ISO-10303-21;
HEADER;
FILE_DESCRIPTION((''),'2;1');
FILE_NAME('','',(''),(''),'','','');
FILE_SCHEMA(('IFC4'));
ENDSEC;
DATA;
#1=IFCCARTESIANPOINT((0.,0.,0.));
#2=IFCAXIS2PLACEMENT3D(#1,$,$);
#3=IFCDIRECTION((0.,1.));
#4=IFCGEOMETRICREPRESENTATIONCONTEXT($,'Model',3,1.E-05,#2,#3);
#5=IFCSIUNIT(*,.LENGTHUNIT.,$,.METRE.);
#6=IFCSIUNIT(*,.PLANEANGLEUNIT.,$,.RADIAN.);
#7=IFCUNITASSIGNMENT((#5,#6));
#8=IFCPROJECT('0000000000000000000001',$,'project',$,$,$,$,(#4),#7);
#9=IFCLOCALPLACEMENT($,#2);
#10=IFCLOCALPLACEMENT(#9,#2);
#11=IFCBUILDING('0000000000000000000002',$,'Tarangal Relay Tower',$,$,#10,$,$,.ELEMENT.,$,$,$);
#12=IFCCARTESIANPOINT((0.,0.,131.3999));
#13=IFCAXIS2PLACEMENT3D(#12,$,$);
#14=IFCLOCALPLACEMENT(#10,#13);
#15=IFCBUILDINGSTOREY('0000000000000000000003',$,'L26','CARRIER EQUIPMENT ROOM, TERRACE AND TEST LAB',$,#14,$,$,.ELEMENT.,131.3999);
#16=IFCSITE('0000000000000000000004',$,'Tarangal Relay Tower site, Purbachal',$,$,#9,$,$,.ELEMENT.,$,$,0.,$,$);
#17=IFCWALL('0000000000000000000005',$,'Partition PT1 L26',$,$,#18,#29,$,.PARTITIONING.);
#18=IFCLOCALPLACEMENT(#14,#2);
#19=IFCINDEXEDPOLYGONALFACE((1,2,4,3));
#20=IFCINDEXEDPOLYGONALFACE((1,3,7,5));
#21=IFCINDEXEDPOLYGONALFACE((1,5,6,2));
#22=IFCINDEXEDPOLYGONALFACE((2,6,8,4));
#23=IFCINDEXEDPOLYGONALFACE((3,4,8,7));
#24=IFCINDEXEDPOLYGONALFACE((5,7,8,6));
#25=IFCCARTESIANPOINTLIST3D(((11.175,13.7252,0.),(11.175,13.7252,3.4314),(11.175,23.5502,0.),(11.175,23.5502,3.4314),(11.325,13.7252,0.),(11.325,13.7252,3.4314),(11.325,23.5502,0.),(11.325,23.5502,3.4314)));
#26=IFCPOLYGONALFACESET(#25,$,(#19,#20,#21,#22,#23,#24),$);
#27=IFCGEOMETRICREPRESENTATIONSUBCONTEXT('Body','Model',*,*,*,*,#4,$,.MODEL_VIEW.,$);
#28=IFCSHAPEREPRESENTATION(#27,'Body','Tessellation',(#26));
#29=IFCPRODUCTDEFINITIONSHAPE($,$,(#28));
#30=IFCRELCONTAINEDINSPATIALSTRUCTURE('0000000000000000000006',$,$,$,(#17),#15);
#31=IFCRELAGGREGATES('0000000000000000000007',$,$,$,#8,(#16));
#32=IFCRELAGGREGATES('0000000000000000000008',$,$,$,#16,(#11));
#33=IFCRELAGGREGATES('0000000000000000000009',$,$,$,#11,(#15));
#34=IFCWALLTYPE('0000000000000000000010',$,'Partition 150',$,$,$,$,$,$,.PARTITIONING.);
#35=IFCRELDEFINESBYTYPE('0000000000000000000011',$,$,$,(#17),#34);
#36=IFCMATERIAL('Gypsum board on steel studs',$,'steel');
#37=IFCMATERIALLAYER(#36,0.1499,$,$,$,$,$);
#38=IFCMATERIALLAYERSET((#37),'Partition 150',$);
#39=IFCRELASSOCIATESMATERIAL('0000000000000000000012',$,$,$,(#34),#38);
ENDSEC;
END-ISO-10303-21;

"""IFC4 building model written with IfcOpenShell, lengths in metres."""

from ifc_helpers import new_model, si_unit, direction, frame, frame_2d, origin, place, context, subcontext, project, spatial, rectangle, extrude, material, layer, layer_set, type_object, element, save


model = new_model("IFC4")

# Units and contexts
model_context = context("Model", 3, precision=1e-05, world=origin(), true_north=direction((0.0, 1.0)))
body_context = subcontext(model_context, "Body", "Model", "MODEL_VIEW")
ifc_project = project(units=[si_unit("LENGTHUNIT", "METRE"), si_unit("PLANEANGLEUNIT", "RADIAN")], contexts=[model_context])

# Site, building, storey
site_placement = place(None, origin())
site = spatial("IfcSite", under=ifc_project, at=site_placement, Name="Tarangal Relay Tower site, Purbachal", CompositionType="ELEMENT", RefElevation=0.0)
building_placement = place(site_placement, origin())
building = spatial("IfcBuilding", under=site, at=building_placement, Name="Tarangal Relay Tower", CompositionType="ELEMENT")
storey_placement = place(building_placement, frame((0.0, 0.0, 131.3999)))
storey = spatial("IfcBuildingStorey", under=building, at=storey_placement, Name="L26", Description="CARRIER EQUIPMENT ROOM, TERRACE AND TEST LAB", CompositionType="ELEMENT", Elevation=131.3999)

# Wall
ifc_material_1 = material(Name="Gypsum board on steel studs", Category="steel")
ifc_layer_1 = layer(ifc_material_1, 0.1499)
ifc_layer_set_1 = layer_set([ifc_layer_1], Name="Partition 150")
wall_type_1 = type_object("IfcWallType", Name="Partition 150", PredefinedType="PARTITIONING", material=ifc_layer_set_1)
wall_1_placement = place(storey_placement, frame((11.25, 13.7251, 0.0), z_axis=(0.0, 0.0, 1.0), x_axis=(0.0, 1.0, 0.0)))
element("IfcWall", 1, at=wall_1_placement, inside=storey, type_object=wall_type_1, Name="Partition PT1 L26", PredefinedType="PARTITIONING", context=body_context, shape_type="SweptSolid", body=[
    extrude(rectangle(XDim=9.825, YDim=0.1499, at=frame_2d((4.9126, 0.0))), origin(), (0.0, 0.0, 1.0), 3.4314),
])

save(model, "model.ifc")
